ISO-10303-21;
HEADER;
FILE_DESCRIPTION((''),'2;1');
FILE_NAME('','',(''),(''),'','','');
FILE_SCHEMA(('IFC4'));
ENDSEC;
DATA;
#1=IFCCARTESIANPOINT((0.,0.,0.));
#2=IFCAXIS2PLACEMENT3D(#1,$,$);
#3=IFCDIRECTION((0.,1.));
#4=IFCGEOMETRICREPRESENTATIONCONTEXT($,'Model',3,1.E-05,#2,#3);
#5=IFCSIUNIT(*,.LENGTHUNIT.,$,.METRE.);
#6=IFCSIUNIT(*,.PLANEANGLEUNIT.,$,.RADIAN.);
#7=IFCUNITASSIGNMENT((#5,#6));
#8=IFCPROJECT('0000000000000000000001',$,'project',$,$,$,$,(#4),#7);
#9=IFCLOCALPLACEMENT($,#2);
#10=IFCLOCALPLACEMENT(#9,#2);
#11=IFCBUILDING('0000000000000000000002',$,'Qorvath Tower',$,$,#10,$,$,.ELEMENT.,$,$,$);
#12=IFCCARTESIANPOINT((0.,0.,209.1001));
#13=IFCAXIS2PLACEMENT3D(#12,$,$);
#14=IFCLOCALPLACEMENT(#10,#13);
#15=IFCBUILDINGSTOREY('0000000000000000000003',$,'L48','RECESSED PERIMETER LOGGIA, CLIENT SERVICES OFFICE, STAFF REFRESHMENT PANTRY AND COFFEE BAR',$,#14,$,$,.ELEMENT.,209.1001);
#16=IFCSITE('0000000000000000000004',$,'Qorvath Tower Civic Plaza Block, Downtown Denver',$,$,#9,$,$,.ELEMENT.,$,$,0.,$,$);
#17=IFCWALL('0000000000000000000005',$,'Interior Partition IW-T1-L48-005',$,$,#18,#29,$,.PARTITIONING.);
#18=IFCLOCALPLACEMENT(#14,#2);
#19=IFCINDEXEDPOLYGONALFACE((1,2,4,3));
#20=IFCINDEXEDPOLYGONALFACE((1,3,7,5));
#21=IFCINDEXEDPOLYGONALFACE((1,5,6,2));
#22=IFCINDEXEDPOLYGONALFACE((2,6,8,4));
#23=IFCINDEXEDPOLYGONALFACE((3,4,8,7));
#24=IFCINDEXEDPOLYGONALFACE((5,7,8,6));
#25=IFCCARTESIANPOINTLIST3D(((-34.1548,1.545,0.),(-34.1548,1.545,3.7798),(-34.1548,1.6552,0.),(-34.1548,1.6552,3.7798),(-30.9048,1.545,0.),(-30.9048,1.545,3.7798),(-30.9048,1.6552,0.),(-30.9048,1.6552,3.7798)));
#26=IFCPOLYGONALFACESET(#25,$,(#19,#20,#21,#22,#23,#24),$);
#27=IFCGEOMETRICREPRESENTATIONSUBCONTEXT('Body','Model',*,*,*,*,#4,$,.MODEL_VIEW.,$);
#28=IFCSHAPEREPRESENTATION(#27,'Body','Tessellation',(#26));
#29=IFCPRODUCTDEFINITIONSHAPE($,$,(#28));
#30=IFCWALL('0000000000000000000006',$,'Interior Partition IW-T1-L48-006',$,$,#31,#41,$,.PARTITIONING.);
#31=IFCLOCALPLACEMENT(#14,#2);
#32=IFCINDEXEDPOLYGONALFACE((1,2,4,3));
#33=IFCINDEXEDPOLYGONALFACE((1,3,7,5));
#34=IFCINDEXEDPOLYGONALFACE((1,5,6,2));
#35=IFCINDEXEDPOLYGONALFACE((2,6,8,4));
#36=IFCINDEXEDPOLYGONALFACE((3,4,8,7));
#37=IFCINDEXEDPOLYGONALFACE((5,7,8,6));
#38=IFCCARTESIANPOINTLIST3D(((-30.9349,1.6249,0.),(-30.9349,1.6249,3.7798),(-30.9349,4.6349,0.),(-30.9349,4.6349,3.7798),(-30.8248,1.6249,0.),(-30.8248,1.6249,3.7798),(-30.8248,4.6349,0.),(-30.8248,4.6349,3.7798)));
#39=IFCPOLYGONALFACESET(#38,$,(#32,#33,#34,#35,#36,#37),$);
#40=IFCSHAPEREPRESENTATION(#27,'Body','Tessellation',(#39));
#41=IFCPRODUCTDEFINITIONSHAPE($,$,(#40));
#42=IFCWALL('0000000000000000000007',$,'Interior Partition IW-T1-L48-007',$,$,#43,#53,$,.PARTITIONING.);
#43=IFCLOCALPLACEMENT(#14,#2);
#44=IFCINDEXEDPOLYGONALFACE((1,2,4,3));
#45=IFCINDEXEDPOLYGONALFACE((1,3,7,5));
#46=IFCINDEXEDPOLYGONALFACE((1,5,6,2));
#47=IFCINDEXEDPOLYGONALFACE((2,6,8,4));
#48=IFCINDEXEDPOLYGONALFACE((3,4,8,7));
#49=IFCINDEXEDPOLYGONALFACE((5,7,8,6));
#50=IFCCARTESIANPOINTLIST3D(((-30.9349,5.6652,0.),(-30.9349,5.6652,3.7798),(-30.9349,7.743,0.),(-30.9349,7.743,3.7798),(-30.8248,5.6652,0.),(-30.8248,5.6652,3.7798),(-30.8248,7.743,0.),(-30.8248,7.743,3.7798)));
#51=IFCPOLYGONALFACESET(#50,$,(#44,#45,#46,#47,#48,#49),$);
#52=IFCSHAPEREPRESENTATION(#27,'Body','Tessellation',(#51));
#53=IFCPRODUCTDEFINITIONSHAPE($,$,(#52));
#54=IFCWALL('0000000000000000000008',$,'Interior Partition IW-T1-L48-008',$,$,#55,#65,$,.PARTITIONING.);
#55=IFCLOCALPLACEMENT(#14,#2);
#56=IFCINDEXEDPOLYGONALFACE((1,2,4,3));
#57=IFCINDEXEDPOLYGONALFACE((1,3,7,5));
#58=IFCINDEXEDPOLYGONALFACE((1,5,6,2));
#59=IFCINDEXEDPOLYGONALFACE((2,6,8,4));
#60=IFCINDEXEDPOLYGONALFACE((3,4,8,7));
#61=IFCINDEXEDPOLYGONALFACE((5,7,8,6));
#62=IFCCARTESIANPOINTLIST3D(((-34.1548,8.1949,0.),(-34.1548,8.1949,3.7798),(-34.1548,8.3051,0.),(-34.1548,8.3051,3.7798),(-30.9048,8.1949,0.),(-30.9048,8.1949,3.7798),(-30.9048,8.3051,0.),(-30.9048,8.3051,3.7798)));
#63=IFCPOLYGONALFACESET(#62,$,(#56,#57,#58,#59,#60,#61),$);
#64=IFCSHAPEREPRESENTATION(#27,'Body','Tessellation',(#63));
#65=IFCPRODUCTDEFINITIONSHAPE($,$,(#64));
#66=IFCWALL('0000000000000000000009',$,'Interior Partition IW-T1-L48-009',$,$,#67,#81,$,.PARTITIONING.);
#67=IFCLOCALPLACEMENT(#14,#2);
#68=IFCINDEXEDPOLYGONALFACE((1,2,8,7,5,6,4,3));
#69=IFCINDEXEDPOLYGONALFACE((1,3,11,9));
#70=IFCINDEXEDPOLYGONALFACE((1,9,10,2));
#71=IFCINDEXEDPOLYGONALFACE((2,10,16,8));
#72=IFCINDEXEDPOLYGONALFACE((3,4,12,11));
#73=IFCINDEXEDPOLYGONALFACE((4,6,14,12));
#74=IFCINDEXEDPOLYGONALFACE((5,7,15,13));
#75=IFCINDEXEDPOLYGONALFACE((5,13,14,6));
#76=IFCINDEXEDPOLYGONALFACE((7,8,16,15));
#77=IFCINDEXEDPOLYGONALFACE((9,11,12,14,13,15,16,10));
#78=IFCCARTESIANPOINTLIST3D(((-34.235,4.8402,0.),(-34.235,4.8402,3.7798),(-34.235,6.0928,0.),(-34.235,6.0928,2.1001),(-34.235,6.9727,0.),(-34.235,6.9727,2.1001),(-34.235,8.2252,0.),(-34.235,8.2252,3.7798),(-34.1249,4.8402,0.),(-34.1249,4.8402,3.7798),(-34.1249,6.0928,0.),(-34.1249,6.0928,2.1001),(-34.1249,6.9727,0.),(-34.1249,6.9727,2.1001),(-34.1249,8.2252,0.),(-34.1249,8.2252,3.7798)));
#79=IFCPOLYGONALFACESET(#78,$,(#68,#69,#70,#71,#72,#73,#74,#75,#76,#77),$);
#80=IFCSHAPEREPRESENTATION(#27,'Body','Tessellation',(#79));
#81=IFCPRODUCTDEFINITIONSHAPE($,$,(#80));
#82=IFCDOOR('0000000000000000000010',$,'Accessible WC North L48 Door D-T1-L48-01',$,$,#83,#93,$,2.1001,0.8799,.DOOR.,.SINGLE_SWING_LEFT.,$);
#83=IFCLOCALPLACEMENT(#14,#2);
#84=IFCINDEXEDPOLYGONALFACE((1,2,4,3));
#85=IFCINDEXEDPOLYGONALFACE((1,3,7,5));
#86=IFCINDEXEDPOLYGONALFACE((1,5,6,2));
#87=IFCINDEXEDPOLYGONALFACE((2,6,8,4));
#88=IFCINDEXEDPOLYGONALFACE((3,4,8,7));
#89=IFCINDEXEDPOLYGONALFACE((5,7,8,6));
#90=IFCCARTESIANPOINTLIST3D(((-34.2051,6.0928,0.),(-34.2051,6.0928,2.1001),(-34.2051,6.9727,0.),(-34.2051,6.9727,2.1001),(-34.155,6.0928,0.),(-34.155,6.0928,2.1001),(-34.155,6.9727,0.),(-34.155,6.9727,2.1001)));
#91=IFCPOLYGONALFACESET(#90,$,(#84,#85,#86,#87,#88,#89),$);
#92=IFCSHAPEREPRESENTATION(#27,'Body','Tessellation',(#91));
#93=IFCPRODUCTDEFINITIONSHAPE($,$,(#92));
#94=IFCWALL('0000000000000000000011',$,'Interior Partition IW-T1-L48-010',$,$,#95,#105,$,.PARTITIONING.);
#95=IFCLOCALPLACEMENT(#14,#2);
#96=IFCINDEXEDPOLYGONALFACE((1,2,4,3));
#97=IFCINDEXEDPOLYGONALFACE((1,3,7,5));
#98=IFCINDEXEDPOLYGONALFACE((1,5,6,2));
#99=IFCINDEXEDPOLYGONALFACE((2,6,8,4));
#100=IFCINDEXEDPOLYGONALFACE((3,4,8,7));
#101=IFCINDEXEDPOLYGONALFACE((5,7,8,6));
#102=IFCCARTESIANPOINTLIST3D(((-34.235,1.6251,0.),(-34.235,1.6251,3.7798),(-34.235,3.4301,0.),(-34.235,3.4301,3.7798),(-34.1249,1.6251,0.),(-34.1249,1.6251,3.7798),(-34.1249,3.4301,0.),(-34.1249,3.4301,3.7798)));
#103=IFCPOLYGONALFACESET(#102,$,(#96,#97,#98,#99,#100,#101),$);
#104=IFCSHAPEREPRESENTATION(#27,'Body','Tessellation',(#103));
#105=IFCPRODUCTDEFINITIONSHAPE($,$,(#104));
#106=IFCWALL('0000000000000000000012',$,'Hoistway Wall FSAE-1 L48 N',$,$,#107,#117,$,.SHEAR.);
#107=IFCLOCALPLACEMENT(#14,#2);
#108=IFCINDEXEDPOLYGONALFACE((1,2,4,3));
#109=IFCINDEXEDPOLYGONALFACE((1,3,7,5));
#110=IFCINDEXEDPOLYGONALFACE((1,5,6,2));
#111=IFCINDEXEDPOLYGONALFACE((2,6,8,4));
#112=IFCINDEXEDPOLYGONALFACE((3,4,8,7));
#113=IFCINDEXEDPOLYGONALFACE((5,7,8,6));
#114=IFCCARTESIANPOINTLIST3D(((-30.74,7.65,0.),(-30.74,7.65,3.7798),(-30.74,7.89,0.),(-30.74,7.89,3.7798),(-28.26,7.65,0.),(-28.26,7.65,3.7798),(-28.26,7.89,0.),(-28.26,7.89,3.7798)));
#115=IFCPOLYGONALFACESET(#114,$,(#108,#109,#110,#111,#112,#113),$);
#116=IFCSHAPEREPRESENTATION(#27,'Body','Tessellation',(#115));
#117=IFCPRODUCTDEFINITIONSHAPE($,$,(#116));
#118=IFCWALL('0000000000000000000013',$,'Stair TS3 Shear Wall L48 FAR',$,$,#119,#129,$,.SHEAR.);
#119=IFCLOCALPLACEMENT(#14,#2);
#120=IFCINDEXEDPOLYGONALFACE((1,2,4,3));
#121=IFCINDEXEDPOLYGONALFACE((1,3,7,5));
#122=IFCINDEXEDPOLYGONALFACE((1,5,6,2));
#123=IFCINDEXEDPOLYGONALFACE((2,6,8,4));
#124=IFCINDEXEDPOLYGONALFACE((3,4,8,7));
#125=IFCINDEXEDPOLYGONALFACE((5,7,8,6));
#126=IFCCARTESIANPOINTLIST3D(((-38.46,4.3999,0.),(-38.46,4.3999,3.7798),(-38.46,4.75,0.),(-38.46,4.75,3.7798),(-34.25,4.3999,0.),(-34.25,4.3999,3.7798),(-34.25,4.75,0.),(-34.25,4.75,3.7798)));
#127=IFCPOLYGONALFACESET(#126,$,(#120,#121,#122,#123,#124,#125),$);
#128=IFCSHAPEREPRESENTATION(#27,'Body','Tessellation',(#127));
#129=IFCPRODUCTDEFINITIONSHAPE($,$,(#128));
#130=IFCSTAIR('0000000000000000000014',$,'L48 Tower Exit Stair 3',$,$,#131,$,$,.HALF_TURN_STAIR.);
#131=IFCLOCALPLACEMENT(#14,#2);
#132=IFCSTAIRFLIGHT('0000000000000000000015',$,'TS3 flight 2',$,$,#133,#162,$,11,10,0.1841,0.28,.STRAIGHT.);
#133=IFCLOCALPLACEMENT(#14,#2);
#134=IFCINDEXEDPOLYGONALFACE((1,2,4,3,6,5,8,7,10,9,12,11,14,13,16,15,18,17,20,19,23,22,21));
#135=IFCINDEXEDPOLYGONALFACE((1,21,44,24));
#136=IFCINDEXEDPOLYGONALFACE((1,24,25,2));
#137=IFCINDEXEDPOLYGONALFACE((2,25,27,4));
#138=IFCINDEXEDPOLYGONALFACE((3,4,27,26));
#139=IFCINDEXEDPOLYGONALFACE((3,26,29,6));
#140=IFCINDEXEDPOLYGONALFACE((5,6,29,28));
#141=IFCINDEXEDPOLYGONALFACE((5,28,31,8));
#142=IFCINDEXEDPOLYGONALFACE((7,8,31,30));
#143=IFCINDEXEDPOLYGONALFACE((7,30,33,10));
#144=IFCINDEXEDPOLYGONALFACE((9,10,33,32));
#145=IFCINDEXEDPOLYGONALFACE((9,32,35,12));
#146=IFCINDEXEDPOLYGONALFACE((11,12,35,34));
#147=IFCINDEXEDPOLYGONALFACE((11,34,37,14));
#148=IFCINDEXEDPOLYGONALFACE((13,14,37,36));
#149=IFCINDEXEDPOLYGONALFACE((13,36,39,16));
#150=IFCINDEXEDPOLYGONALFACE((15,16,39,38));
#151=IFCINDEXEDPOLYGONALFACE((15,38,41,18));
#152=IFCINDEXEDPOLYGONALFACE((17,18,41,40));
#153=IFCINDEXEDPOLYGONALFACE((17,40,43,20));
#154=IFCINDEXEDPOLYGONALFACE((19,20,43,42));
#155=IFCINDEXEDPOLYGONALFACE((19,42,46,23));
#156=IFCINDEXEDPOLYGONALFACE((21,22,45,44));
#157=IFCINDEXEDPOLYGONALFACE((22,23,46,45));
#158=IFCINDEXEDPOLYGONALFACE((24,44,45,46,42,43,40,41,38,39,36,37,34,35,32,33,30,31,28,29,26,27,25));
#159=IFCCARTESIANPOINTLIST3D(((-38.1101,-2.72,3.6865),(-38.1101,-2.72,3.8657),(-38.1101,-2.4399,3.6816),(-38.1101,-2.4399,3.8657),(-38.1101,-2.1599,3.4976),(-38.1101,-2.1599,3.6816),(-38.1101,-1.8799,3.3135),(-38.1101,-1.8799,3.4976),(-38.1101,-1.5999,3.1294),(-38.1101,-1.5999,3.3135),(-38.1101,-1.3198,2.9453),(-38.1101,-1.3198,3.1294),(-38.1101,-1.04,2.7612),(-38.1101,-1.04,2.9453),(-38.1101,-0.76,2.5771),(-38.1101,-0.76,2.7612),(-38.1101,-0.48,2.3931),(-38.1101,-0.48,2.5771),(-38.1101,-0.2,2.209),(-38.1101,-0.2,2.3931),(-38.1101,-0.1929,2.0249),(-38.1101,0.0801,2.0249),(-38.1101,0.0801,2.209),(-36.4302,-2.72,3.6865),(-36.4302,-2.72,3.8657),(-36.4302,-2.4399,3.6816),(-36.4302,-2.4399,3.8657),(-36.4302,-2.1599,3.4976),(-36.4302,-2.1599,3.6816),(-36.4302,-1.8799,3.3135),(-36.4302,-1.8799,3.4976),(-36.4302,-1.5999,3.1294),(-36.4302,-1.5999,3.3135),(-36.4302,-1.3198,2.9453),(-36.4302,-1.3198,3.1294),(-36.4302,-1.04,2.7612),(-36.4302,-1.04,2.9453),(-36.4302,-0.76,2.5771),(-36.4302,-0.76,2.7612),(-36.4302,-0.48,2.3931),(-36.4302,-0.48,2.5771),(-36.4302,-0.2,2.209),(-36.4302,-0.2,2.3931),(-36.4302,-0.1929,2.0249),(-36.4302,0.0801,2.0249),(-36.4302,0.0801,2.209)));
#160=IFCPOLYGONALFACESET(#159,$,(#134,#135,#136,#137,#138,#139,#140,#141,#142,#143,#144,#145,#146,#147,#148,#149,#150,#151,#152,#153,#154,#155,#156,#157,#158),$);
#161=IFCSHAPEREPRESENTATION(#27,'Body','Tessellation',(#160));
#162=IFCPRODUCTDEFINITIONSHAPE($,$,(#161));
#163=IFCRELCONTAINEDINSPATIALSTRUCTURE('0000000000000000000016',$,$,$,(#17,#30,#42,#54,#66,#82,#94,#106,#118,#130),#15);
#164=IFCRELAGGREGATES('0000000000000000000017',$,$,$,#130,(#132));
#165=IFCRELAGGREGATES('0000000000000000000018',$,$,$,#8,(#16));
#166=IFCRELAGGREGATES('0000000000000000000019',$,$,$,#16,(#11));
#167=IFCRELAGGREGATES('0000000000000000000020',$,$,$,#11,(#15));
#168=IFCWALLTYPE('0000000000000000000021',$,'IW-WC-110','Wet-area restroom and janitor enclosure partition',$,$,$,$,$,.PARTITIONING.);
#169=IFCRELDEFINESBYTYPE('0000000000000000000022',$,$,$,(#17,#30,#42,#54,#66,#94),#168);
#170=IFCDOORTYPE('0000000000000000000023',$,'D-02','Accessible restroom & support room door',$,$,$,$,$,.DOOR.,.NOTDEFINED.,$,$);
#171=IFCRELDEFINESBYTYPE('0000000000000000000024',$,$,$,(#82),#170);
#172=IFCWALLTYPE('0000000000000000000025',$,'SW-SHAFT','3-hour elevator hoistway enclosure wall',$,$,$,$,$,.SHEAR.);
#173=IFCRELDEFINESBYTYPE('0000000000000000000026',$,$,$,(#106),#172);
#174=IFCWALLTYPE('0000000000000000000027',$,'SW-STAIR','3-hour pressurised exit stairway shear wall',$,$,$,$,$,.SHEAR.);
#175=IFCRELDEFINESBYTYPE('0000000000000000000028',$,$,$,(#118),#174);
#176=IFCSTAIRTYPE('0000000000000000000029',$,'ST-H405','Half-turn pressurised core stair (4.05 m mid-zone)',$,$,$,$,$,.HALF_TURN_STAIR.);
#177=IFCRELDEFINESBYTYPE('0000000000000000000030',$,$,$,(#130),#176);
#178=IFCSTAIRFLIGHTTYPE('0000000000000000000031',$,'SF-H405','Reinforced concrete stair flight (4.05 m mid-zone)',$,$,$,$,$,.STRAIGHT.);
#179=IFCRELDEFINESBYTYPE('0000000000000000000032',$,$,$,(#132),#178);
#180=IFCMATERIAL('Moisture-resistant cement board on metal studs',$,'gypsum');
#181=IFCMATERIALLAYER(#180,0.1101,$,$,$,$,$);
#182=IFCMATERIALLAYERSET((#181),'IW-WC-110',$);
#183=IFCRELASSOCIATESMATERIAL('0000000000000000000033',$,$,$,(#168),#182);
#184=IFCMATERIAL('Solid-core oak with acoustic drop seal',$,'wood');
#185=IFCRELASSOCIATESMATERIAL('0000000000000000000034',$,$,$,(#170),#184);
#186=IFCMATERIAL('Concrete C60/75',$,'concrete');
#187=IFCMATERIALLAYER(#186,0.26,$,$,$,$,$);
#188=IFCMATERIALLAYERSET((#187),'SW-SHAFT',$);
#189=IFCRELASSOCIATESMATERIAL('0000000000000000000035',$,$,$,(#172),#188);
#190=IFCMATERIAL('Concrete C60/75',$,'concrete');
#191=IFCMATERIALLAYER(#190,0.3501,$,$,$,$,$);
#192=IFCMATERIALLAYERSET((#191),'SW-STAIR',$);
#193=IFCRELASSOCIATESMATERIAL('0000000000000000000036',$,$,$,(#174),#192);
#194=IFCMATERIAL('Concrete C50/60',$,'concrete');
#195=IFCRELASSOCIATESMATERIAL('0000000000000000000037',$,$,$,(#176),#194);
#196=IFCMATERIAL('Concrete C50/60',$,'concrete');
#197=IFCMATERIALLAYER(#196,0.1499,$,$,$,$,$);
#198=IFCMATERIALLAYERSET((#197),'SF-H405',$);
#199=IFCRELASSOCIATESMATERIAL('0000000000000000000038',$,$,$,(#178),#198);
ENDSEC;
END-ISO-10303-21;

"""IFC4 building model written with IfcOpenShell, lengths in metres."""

from ifc_helpers import new_model, si_unit, direction, frame, frame_2d, origin, place, context, subcontext, project, spatial, polyline, rectangle, outline, extrude, material, layer, layer_set, type_object, element, fill, aggregate, save


model = new_model("IFC4")

# Units and contexts
model_context = context("Model", 3, precision=1e-05, world=origin(), true_north=direction((0.0, 1.0)))
body_context = subcontext(model_context, "Body", "Model", "MODEL_VIEW")
ifc_project = project(units=[si_unit("LENGTHUNIT", "METRE"), si_unit("PLANEANGLEUNIT", "RADIAN")], contexts=[model_context])

# Site, building, storey
site_placement = place(None, origin())
site = spatial("IfcSite", under=ifc_project, at=site_placement, Name="Qorvath Tower Civic Plaza Block, Downtown Denver", CompositionType="ELEMENT", RefElevation=0.0)
building_placement = place(site_placement, origin())
building = spatial("IfcBuilding", under=site, at=building_placement, Name="Qorvath Tower", CompositionType="ELEMENT")
storey_placement = place(building_placement, frame((0.0, 0.0, 209.1001)))
storey = spatial("IfcBuildingStorey", under=building, at=storey_placement, Name="L48", Description="RECESSED PERIMETER LOGGIA, CLIENT SERVICES OFFICE, STAFF REFRESHMENT PANTRY AND COFFEE BAR", CompositionType="ELEMENT", Elevation=209.1001)

# Walls
ifc_material_1 = material(Name="Moisture-resistant cement board on metal studs", Category="gypsum")
ifc_layer_1 = layer(ifc_material_1, 0.1101)
ifc_layer_set_1 = layer_set([ifc_layer_1], Name="IW-WC-110")
wall_type_1 = type_object("IfcWallType", Name="IW-WC-110", Description="Wet-area restroom and janitor enclosure partition", PredefinedType="PARTITIONING", material=ifc_layer_set_1)
wall_1_placement = place(storey_placement, frame((-34.1548, 1.6001, 0.0), z_axis=(0.0, 0.0, 1.0), x_axis=(1.0, 0.0, 0.0)))
element("IfcWall", 1, at=wall_1_placement, inside=storey, type_object=wall_type_1, Name="Interior Partition IW-T1-L48-005", PredefinedType="PARTITIONING", context=body_context, shape_type="SweptSolid", body=[
    extrude(rectangle(XDim=3.25, YDim=0.1101, at=frame_2d((1.625, 0.0))), origin(), (0.0, 0.0, 1.0), 3.7798),
])
wall_2_placement = place(storey_placement, frame((-30.8799, 1.625, 0.0), z_axis=(0.0, 0.0, 1.0), x_axis=(0.0, 1.0, 0.0)))
element("IfcWall", 2, at=wall_2_placement, inside=storey, type_object=wall_type_1, Name="Interior Partition IW-T1-L48-006", PredefinedType="PARTITIONING", context=body_context, shape_type="SweptSolid", body=[
    extrude(rectangle(XDim=3.01, YDim=0.1101, at=frame_2d((1.5049, 0.0))), origin(), (0.0, 0.0, 1.0), 3.7798),
])
wall_3_placement = place(storey_placement, frame((-30.8799, 5.665, 0.0), z_axis=(0.0, 0.0, 1.0), x_axis=(0.0, 1.0, 0.0)))
element("IfcWall", 3, at=wall_3_placement, inside=storey, type_object=wall_type_1, Name="Interior Partition IW-T1-L48-007", PredefinedType="PARTITIONING", context=body_context, shape_type="SweptSolid", body=[
    extrude(rectangle(XDim=2.0779, YDim=0.1101, at=frame_2d((1.0391, 0.0))), origin(), (0.0, 0.0, 1.0), 3.7798),
])
wall_4_placement = place(storey_placement, frame((-30.9048, 8.25, 0.0), z_axis=(0.0, 0.0, 1.0), x_axis=(-1.0, 0.0, 0.0)))
element("IfcWall", 4, at=wall_4_placement, inside=storey, type_object=wall_type_1, Name="Interior Partition IW-T1-L48-008", PredefinedType="PARTITIONING", context=body_context, shape_type="SweptSolid", body=[
    extrude(rectangle(XDim=3.25, YDim=0.1101, at=frame_2d((1.625, 0.0))), origin(), (0.0, 0.0, 1.0), 3.7798),
])

# Wall, opening, door
wall_5_placement = place(storey_placement, frame((-34.1799, 8.2251, 0.0), z_axis=(0.0, 0.0, 1.0), x_axis=(0.0, -1.0, 0.0)))
wall_5 = element("IfcWall", 5, at=wall_5_placement, inside=storey, type_object=wall_type_1, Name="Interior Partition IW-T1-L48-009", PredefinedType="PARTITIONING", context=body_context, shape_type="SweptSolid", body=[
    extrude(rectangle(XDim=3.385, YDim=0.1101, at=frame_2d((1.6924, 0.0))), origin(), (0.0, 0.0, 1.0), 3.7798),
])
opening_1_placement = place(wall_5_placement, frame((1.2524, 0.0, 0.0)))
opening_1 = element("IfcOpeningElement", 6, at=opening_1_placement, cuts=wall_5, PredefinedType="OPENING", context=body_context, shape_type="SweptSolid", body=[
    extrude(rectangle(XDim=0.8799, YDim=2.1001, at=frame_2d((0.4399, 1.05))), frame((0.0, 0.0649, 0.0), z_axis=(0.0, -1.0, 0.0), x_axis=(1.0, 0.0, 0.0)), (0.0, 0.0, 1.0), 0.1301),
])
ifc_material_2 = material(Name="Solid-core oak with acoustic drop seal", Category="wood")
door_type_1 = type_object("IfcDoorType", Name="D-02", Description="Accessible restroom & support room door", OperationType="NOTDEFINED", PredefinedType="DOOR", material=ifc_material_2)
door_1_placement = place(opening_1_placement, origin())
door_1 = element("IfcDoor", 7, at=door_1_placement, inside=storey, type_object=door_type_1, Name="Accessible WC North L48 Door D-T1-L48-01", OperationType="SINGLE_SWING_LEFT", OverallHeight=2.1001, OverallWidth=0.8799, PredefinedType="DOOR", context=body_context, shape_type="SweptSolid", body=[
    extrude(rectangle(XDim=0.8799, YDim=2.1001, at=frame_2d((0.4399, 1.05))), frame((0.0, 0.0249, 0.0), z_axis=(0.0, -1.0, 0.0), x_axis=(1.0, 0.0, 0.0)), (0.0, 0.0, 1.0), 0.05),
])
fill(opening_1, door_1)

# Walls
wall_6_placement = place(storey_placement, frame((-34.1799, 3.4299, 0.0), z_axis=(0.0, 0.0, 1.0), x_axis=(0.0, -1.0, 0.0)))
element("IfcWall", 8, at=wall_6_placement, inside=storey, type_object=wall_type_1, Name="Interior Partition IW-T1-L48-010", PredefinedType="PARTITIONING", context=body_context, shape_type="SweptSolid", body=[
    extrude(rectangle(XDim=1.8049, YDim=0.1101, at=frame_2d((0.9023, 0.0))), origin(), (0.0, 0.0, 1.0), 3.7798),
])
ifc_material_3 = material(Name="Concrete C60/75", Category="concrete")
ifc_layer_2 = layer(ifc_material_3, 0.26)
ifc_layer_set_2 = layer_set([ifc_layer_2], Name="SW-SHAFT")
wall_type_2 = type_object("IfcWallType", Name="SW-SHAFT", Description="3-hour elevator hoistway enclosure wall", PredefinedType="SHEAR", material=ifc_layer_set_2)
wall_7_placement = place(storey_placement, frame((-30.74, 7.77, 0.0), z_axis=(0.0, 0.0, 1.0), x_axis=(1.0, 0.0, 0.0)))
element("IfcWall", 9, at=wall_7_placement, inside=storey, type_object=wall_type_2, Name="Hoistway Wall FSAE-1 L48 N", PredefinedType="SHEAR", context=body_context, shape_type="SweptSolid", body=[
    extrude(rectangle(XDim=2.48, YDim=0.24, at=frame_2d((1.24, 0.0))), origin(), (0.0, 0.0, 1.0), 3.7798),
])
ifc_material_4 = material(Name="Concrete C60/75", Category="concrete")
ifc_layer_3 = layer(ifc_material_4, 0.3501)
ifc_layer_set_3 = layer_set([ifc_layer_3], Name="SW-STAIR")
wall_type_3 = type_object("IfcWallType", Name="SW-STAIR", Description="3-hour pressurised exit stairway shear wall", PredefinedType="SHEAR", material=ifc_layer_set_3)
wall_8_placement = place(storey_placement, frame((-34.25, 4.575, 0.0), z_axis=(0.0, 0.0, 1.0), x_axis=(-1.0, 0.0, 0.0)))
element("IfcWall", 10, at=wall_8_placement, inside=storey, type_object=wall_type_3, Name="Stair TS3 Shear Wall L48 FAR", PredefinedType="SHEAR", context=body_context, shape_type="SweptSolid", body=[
    extrude(rectangle(XDim=4.21, YDim=0.3501, at=frame_2d((2.105, 0.0))), origin(), (0.0, 0.0, 1.0), 3.7798),
])

# Stair, stair flight
ifc_material_5 = material(Name="Concrete C50/60", Category="concrete")
stair_type = type_object("IfcStairType", Name="ST-H405", Description="Half-turn pressurised core stair (4.05 m mid-zone)", PredefinedType="HALF_TURN_STAIR", material=ifc_material_5)
stair_placement = place(storey_placement, origin())
stair = element("IfcStair", 11, at=stair_placement, inside=storey, type_object=stair_type, Name="L48 Tower Exit Stair 3", PredefinedType="HALF_TURN_STAIR")
ifc_material_6 = material(Name="Concrete C50/60", Category="concrete")
ifc_layer_4 = layer(ifc_material_6, 0.1499)
ifc_layer_set_4 = layer_set([ifc_layer_4], Name="SF-H405")
stair_flight_type = type_object("IfcStairFlightType", Name="SF-H405", Description="Reinforced concrete stair flight (4.05 m mid-zone)", PredefinedType="STRAIGHT", material=ifc_layer_set_4)
stair_flight_placement = place(storey_placement, frame((-37.27, 0.0801, 2.0249), z_axis=(0.0, 0.0, 1.0), x_axis=(0.0, -1.0, 0.0)))
stair_flight = element("IfcStairFlight", 12, at=stair_flight_placement, type_object=stair_flight_type, Name="TS3 flight 2", NumberOfRisers=11, NumberOfTreads=10, PredefinedType="STRAIGHT", RiserHeight=0.1841, TreadLength=0.28, context=body_context, shape_type="SweptSolid", body=[
    extrude(outline(polyline([(0.0, 0.0), (0.0, 0.1841), (0.28, 0.1841), (0.28, 0.3682), (0.5601, 0.3682), (0.5601, 0.5522), (0.8401, 0.5522), (0.8401, 0.7363), (1.1201, 0.7363), (1.1201, 0.9204), (1.3999, 0.9204), (1.3999, 1.1045), (1.6799, 1.1045), (1.6799, 1.2886), (1.96, 1.2886), (1.96, 1.4727), (2.24, 1.4727), (2.24, 1.6567), (2.52, 1.6567), (2.52, 1.8408), (2.8, 1.8408), (2.8, 2.0249), (2.8, 1.6616), (0.2729, 0.0), (0.0, 0.0)])), frame((0.0, 0.8398, 0.0), z_axis=(0.0, -1.0, 0.0), x_axis=(1.0, 0.0, 0.0)), (0.0, 0.0, 1.0), 1.6799),
])
aggregate(stair, [stair_flight])

save(model, "model.ifc")
